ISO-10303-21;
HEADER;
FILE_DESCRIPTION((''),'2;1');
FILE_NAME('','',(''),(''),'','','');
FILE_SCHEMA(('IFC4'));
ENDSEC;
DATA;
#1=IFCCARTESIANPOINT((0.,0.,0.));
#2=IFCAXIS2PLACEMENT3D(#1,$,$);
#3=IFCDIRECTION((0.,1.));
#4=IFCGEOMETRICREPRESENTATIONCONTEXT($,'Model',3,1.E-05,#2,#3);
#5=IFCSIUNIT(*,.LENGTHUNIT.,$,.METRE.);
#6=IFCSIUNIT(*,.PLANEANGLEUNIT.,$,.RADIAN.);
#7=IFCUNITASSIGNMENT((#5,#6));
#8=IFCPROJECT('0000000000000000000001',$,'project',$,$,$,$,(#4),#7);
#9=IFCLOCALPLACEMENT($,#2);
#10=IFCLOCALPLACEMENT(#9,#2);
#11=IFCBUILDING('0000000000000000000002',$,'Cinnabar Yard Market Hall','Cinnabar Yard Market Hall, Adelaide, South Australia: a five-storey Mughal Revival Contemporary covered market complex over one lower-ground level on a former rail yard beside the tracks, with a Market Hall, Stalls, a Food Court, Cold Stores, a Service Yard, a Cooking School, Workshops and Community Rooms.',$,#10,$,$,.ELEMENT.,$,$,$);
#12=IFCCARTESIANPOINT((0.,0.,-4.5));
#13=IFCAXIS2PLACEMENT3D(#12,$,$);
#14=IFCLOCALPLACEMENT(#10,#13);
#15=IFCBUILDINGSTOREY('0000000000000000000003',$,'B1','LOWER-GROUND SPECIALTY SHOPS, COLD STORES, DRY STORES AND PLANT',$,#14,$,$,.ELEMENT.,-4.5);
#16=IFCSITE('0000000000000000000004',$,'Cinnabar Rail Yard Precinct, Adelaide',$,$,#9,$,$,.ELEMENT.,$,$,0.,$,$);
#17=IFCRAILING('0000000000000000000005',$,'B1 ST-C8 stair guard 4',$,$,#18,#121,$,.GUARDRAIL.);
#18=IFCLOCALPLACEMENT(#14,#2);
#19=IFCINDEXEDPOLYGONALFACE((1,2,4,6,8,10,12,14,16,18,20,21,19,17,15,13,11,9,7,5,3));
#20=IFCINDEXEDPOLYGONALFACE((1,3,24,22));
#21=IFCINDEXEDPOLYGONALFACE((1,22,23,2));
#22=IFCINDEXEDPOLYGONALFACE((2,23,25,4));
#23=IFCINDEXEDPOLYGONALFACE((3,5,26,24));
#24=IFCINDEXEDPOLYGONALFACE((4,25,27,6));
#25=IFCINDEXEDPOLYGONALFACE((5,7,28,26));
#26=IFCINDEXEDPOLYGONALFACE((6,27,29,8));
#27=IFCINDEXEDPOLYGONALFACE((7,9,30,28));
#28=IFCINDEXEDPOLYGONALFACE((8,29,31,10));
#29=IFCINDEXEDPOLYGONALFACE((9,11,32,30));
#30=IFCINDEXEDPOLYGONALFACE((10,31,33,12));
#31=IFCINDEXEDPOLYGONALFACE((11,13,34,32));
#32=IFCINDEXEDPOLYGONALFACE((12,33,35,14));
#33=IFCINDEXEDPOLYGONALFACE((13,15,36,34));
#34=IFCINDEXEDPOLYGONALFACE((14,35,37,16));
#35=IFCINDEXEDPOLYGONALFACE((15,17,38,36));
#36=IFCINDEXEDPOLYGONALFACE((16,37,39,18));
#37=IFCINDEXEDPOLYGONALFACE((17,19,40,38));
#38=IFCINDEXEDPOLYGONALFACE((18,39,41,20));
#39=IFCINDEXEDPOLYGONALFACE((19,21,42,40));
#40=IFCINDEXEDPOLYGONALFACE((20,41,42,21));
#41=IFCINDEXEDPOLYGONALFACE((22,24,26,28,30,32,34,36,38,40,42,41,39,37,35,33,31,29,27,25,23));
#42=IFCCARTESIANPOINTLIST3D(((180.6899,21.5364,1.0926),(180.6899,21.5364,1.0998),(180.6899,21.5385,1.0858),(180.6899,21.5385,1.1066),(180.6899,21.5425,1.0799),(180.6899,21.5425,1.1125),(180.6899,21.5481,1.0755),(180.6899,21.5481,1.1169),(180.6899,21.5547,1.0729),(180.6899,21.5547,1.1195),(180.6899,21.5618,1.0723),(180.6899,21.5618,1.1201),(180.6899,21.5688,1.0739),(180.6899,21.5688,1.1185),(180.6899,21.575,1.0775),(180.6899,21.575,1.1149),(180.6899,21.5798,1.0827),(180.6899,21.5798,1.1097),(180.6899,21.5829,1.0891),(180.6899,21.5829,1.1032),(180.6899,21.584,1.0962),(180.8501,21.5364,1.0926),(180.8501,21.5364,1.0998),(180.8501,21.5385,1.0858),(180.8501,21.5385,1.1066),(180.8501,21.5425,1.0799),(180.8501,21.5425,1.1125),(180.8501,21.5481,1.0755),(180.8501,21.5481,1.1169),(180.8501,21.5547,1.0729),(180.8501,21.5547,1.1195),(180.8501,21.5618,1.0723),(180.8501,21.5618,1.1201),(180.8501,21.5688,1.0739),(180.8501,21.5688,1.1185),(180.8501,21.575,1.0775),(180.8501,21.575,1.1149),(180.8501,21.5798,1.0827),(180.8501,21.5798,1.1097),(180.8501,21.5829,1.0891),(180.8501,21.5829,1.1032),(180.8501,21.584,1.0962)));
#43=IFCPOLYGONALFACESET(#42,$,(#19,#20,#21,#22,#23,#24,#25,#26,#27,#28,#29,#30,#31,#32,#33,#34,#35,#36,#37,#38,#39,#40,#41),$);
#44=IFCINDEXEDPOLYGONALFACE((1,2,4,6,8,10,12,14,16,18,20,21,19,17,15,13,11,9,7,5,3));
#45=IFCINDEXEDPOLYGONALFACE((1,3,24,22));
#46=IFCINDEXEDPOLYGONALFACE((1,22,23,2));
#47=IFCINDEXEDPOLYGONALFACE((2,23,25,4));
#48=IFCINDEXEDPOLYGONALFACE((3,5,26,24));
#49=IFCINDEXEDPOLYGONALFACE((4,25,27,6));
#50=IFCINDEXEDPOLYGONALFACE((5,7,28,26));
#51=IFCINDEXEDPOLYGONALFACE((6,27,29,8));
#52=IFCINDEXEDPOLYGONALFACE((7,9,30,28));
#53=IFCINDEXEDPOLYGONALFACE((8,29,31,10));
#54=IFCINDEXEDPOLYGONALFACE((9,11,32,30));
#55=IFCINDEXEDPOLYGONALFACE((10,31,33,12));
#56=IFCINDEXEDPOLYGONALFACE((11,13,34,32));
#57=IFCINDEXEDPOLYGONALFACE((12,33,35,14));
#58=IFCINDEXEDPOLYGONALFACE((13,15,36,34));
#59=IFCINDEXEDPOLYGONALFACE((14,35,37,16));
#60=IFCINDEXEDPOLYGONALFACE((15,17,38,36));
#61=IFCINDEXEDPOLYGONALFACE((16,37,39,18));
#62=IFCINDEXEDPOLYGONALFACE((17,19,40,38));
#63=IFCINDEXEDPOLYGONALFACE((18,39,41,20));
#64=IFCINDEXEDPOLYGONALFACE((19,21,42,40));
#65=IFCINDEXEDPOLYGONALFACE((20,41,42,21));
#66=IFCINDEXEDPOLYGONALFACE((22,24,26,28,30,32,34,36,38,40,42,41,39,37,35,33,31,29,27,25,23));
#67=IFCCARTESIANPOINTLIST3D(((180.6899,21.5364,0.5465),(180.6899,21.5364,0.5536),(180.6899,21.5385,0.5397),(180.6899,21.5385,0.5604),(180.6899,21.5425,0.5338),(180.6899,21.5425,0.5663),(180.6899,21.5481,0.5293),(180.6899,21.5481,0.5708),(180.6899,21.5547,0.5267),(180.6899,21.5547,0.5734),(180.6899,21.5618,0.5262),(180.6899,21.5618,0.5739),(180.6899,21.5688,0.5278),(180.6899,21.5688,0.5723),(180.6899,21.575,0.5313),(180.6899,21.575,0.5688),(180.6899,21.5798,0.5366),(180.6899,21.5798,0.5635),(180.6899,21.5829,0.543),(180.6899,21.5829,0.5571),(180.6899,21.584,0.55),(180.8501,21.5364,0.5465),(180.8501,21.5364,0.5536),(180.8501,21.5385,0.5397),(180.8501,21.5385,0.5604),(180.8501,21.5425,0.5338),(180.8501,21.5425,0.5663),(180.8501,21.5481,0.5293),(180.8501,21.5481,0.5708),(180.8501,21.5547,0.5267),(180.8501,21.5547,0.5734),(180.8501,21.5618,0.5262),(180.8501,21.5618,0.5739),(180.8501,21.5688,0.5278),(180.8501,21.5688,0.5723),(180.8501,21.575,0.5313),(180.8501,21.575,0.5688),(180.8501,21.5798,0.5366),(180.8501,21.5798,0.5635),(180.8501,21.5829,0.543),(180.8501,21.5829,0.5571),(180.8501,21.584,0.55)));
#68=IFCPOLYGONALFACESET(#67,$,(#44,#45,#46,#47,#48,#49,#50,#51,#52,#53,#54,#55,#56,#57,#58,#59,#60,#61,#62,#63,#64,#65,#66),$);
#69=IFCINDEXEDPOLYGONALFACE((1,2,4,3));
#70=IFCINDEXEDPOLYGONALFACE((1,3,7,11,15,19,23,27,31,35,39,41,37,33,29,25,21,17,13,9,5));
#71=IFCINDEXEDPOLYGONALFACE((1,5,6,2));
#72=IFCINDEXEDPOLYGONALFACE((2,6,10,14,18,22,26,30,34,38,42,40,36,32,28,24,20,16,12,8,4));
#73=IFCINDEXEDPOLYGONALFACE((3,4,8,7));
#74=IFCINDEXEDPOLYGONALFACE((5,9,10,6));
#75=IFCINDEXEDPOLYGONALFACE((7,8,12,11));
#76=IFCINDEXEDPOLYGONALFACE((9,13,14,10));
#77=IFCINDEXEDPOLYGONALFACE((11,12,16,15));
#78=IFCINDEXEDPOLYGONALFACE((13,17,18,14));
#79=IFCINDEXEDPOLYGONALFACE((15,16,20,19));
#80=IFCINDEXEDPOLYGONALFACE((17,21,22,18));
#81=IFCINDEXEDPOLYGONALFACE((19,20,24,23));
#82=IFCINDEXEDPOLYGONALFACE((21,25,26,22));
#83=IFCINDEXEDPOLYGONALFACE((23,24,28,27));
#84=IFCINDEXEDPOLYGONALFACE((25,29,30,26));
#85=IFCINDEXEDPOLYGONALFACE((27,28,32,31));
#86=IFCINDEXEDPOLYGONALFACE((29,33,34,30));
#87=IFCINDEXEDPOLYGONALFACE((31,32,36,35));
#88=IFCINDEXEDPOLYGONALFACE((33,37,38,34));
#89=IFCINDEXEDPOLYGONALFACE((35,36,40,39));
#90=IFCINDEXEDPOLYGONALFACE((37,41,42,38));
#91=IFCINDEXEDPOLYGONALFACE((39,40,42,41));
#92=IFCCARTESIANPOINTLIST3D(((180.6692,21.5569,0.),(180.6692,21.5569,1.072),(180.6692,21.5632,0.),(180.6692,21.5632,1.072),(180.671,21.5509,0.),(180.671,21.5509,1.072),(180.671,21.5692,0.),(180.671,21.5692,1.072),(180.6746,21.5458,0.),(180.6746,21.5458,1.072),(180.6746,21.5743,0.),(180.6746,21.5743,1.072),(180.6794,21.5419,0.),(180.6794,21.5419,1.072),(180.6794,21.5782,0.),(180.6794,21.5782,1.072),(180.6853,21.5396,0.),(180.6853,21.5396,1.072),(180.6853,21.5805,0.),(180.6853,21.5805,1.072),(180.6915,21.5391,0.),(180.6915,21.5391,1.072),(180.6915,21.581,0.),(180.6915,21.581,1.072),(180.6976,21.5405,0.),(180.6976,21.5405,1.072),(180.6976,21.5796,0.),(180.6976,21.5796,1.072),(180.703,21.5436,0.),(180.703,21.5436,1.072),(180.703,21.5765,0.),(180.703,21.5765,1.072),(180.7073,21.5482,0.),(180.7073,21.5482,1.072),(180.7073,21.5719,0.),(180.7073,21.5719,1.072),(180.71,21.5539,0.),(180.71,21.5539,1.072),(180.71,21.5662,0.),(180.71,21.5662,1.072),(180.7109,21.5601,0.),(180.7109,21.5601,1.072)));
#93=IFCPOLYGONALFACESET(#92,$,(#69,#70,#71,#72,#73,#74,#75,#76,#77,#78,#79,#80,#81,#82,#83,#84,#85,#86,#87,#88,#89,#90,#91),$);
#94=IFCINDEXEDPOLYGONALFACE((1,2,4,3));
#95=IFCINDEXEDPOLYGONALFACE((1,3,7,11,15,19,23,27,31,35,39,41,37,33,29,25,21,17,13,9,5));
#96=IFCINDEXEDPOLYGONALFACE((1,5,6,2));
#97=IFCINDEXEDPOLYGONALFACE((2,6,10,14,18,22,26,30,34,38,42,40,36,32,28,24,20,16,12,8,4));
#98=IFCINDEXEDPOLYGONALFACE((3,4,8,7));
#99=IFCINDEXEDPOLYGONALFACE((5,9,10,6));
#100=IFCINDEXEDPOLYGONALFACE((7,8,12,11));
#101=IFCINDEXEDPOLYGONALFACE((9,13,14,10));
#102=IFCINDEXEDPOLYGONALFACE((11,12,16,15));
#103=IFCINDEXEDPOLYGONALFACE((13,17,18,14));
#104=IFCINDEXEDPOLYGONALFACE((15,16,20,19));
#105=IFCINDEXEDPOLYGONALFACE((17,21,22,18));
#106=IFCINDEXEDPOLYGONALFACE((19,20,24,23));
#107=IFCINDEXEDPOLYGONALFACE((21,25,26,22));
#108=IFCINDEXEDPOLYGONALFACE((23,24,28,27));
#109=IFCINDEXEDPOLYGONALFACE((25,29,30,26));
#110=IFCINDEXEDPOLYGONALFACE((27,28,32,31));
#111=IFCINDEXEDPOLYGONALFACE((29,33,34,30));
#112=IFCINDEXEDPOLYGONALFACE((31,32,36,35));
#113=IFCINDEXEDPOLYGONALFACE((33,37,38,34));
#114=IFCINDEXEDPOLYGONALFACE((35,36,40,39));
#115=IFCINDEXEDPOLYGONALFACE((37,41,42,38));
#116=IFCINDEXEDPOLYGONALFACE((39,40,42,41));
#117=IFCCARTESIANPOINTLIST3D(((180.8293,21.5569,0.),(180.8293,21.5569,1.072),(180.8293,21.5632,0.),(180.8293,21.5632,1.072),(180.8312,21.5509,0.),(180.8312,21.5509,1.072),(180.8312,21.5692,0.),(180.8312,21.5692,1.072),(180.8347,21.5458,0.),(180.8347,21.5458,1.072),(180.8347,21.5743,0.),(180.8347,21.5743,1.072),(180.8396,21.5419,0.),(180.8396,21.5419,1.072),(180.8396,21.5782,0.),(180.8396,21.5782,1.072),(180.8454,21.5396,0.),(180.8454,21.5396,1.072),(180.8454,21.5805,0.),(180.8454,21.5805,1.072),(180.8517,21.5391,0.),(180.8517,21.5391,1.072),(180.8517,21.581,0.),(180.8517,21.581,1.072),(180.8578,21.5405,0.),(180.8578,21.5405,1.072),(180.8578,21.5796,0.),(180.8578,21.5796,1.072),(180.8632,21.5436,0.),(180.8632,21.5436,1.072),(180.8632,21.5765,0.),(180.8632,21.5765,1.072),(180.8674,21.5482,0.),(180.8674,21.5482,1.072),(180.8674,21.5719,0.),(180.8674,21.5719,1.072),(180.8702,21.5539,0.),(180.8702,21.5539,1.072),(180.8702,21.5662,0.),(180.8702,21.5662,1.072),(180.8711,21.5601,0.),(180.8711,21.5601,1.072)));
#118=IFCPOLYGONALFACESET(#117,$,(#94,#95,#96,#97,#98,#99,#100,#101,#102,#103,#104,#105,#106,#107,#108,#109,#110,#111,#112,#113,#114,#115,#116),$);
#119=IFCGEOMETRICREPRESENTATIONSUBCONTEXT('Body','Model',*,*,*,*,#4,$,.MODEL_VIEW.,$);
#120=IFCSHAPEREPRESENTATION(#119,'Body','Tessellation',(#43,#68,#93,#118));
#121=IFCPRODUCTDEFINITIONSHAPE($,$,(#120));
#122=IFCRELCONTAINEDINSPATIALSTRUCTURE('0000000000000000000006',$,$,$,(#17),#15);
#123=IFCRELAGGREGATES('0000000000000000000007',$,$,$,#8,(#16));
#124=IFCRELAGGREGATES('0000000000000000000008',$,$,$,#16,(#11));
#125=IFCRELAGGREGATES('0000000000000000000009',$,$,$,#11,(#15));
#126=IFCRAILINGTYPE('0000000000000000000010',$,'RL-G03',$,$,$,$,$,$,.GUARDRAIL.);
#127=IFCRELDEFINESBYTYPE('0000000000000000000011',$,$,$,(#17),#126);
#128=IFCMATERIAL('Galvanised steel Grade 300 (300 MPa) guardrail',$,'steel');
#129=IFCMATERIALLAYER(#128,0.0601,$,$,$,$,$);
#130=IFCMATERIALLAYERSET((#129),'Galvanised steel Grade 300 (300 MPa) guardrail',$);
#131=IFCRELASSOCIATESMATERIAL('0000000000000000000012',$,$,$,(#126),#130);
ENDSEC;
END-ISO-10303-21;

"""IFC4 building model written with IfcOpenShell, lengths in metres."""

from ifc_helpers import new_model, si_unit, direction, frame, origin, origin_2d_with_axis, place, context, subcontext, project, spatial, circle, extrude, material, layer, layer_set, type_object, element, save


model = new_model("IFC4")

# Units and contexts
model_context = context("Model", 3, precision=1e-05, world=origin(), true_north=direction((0.0, 1.0)))
body_context = subcontext(model_context, "Body", "Model", "MODEL_VIEW")
ifc_project = project(units=[si_unit("LENGTHUNIT", "METRE"), si_unit("PLANEANGLEUNIT", "RADIAN")], contexts=[model_context])

# Site, building, storey
site_placement = place(None, origin())
site = spatial("IfcSite", under=ifc_project, at=site_placement, Name="Cinnabar Rail Yard Precinct, Adelaide", CompositionType="ELEMENT", RefElevation=0.0)
building_placement = place(site_placement, origin())
building = spatial("IfcBuilding", under=site, at=building_placement, Name="Cinnabar Yard Market Hall", Description="Cinnabar Yard Market Hall, Adelaide, South Australia: a five-storey Mughal Revival Contemporary covered market complex over one lower-ground level on a former rail yard beside the tracks, with a Market Hall, Stalls, a Food Court, Cold Stores, a Service Yard, a Cooking School, Workshops and Community Rooms.", CompositionType="ELEMENT")
storey_placement = place(building_placement, frame((0.0, 0.0, -4.5)))
storey = spatial("IfcBuildingStorey", under=building, at=storey_placement, Name="B1", Description="LOWER-GROUND SPECIALTY SHOPS, COLD STORES, DRY STORES AND PLANT", CompositionType="ELEMENT", Elevation=-4.5)

# Railing
ifc_material_1 = material(Name="Galvanised steel Grade 300 (300 MPa) guardrail", Category="steel")
ifc_layer_1 = layer(ifc_material_1, 0.0601)
ifc_layer_set_1 = layer_set([ifc_layer_1], Name="Galvanised steel Grade 300 (300 MPa) guardrail")
railing_type_1 = type_object("IfcRailingType", Name="RL-G03", PredefinedType="GUARDRAIL", material=ifc_layer_set_1)
railing_1_placement = place(storey_placement, frame((180.6899, 21.5601, 0.0)))
element("IfcRailing", 1, at=railing_1_placement, inside=storey, type_object=railing_type_1, Name="B1 ST-C8 stair guard 4", PredefinedType="GUARDRAIL", context=body_context, shape_type="SweptSolid", body=[
    extrude(circle(Radius=0.0239, at=origin_2d_with_axis()), frame((0.0, 0.0, 1.0962), z_axis=(1.0, 0.0, 0.0), x_axis=(0.0, 1.0, 0.0)), (0.0, 0.0, 1.0), 0.1602),
    extrude(circle(Radius=0.0239, at=origin_2d_with_axis()), frame((0.0, 0.0, 0.55), z_axis=(1.0, 0.0, 0.0), x_axis=(0.0, 1.0, 0.0)), (0.0, 0.0, 1.0), 0.1602),
    extrude(circle(Radius=0.021, at=origin_2d_with_axis()), origin(), (0.0, 0.0, 1.0), 1.072),
    extrude(circle(Radius=0.021, at=origin_2d_with_axis()), frame((0.1602, 0.0, 0.0)), (0.0, 0.0, 1.0), 1.072),
])

save(model, "model.ifc")
